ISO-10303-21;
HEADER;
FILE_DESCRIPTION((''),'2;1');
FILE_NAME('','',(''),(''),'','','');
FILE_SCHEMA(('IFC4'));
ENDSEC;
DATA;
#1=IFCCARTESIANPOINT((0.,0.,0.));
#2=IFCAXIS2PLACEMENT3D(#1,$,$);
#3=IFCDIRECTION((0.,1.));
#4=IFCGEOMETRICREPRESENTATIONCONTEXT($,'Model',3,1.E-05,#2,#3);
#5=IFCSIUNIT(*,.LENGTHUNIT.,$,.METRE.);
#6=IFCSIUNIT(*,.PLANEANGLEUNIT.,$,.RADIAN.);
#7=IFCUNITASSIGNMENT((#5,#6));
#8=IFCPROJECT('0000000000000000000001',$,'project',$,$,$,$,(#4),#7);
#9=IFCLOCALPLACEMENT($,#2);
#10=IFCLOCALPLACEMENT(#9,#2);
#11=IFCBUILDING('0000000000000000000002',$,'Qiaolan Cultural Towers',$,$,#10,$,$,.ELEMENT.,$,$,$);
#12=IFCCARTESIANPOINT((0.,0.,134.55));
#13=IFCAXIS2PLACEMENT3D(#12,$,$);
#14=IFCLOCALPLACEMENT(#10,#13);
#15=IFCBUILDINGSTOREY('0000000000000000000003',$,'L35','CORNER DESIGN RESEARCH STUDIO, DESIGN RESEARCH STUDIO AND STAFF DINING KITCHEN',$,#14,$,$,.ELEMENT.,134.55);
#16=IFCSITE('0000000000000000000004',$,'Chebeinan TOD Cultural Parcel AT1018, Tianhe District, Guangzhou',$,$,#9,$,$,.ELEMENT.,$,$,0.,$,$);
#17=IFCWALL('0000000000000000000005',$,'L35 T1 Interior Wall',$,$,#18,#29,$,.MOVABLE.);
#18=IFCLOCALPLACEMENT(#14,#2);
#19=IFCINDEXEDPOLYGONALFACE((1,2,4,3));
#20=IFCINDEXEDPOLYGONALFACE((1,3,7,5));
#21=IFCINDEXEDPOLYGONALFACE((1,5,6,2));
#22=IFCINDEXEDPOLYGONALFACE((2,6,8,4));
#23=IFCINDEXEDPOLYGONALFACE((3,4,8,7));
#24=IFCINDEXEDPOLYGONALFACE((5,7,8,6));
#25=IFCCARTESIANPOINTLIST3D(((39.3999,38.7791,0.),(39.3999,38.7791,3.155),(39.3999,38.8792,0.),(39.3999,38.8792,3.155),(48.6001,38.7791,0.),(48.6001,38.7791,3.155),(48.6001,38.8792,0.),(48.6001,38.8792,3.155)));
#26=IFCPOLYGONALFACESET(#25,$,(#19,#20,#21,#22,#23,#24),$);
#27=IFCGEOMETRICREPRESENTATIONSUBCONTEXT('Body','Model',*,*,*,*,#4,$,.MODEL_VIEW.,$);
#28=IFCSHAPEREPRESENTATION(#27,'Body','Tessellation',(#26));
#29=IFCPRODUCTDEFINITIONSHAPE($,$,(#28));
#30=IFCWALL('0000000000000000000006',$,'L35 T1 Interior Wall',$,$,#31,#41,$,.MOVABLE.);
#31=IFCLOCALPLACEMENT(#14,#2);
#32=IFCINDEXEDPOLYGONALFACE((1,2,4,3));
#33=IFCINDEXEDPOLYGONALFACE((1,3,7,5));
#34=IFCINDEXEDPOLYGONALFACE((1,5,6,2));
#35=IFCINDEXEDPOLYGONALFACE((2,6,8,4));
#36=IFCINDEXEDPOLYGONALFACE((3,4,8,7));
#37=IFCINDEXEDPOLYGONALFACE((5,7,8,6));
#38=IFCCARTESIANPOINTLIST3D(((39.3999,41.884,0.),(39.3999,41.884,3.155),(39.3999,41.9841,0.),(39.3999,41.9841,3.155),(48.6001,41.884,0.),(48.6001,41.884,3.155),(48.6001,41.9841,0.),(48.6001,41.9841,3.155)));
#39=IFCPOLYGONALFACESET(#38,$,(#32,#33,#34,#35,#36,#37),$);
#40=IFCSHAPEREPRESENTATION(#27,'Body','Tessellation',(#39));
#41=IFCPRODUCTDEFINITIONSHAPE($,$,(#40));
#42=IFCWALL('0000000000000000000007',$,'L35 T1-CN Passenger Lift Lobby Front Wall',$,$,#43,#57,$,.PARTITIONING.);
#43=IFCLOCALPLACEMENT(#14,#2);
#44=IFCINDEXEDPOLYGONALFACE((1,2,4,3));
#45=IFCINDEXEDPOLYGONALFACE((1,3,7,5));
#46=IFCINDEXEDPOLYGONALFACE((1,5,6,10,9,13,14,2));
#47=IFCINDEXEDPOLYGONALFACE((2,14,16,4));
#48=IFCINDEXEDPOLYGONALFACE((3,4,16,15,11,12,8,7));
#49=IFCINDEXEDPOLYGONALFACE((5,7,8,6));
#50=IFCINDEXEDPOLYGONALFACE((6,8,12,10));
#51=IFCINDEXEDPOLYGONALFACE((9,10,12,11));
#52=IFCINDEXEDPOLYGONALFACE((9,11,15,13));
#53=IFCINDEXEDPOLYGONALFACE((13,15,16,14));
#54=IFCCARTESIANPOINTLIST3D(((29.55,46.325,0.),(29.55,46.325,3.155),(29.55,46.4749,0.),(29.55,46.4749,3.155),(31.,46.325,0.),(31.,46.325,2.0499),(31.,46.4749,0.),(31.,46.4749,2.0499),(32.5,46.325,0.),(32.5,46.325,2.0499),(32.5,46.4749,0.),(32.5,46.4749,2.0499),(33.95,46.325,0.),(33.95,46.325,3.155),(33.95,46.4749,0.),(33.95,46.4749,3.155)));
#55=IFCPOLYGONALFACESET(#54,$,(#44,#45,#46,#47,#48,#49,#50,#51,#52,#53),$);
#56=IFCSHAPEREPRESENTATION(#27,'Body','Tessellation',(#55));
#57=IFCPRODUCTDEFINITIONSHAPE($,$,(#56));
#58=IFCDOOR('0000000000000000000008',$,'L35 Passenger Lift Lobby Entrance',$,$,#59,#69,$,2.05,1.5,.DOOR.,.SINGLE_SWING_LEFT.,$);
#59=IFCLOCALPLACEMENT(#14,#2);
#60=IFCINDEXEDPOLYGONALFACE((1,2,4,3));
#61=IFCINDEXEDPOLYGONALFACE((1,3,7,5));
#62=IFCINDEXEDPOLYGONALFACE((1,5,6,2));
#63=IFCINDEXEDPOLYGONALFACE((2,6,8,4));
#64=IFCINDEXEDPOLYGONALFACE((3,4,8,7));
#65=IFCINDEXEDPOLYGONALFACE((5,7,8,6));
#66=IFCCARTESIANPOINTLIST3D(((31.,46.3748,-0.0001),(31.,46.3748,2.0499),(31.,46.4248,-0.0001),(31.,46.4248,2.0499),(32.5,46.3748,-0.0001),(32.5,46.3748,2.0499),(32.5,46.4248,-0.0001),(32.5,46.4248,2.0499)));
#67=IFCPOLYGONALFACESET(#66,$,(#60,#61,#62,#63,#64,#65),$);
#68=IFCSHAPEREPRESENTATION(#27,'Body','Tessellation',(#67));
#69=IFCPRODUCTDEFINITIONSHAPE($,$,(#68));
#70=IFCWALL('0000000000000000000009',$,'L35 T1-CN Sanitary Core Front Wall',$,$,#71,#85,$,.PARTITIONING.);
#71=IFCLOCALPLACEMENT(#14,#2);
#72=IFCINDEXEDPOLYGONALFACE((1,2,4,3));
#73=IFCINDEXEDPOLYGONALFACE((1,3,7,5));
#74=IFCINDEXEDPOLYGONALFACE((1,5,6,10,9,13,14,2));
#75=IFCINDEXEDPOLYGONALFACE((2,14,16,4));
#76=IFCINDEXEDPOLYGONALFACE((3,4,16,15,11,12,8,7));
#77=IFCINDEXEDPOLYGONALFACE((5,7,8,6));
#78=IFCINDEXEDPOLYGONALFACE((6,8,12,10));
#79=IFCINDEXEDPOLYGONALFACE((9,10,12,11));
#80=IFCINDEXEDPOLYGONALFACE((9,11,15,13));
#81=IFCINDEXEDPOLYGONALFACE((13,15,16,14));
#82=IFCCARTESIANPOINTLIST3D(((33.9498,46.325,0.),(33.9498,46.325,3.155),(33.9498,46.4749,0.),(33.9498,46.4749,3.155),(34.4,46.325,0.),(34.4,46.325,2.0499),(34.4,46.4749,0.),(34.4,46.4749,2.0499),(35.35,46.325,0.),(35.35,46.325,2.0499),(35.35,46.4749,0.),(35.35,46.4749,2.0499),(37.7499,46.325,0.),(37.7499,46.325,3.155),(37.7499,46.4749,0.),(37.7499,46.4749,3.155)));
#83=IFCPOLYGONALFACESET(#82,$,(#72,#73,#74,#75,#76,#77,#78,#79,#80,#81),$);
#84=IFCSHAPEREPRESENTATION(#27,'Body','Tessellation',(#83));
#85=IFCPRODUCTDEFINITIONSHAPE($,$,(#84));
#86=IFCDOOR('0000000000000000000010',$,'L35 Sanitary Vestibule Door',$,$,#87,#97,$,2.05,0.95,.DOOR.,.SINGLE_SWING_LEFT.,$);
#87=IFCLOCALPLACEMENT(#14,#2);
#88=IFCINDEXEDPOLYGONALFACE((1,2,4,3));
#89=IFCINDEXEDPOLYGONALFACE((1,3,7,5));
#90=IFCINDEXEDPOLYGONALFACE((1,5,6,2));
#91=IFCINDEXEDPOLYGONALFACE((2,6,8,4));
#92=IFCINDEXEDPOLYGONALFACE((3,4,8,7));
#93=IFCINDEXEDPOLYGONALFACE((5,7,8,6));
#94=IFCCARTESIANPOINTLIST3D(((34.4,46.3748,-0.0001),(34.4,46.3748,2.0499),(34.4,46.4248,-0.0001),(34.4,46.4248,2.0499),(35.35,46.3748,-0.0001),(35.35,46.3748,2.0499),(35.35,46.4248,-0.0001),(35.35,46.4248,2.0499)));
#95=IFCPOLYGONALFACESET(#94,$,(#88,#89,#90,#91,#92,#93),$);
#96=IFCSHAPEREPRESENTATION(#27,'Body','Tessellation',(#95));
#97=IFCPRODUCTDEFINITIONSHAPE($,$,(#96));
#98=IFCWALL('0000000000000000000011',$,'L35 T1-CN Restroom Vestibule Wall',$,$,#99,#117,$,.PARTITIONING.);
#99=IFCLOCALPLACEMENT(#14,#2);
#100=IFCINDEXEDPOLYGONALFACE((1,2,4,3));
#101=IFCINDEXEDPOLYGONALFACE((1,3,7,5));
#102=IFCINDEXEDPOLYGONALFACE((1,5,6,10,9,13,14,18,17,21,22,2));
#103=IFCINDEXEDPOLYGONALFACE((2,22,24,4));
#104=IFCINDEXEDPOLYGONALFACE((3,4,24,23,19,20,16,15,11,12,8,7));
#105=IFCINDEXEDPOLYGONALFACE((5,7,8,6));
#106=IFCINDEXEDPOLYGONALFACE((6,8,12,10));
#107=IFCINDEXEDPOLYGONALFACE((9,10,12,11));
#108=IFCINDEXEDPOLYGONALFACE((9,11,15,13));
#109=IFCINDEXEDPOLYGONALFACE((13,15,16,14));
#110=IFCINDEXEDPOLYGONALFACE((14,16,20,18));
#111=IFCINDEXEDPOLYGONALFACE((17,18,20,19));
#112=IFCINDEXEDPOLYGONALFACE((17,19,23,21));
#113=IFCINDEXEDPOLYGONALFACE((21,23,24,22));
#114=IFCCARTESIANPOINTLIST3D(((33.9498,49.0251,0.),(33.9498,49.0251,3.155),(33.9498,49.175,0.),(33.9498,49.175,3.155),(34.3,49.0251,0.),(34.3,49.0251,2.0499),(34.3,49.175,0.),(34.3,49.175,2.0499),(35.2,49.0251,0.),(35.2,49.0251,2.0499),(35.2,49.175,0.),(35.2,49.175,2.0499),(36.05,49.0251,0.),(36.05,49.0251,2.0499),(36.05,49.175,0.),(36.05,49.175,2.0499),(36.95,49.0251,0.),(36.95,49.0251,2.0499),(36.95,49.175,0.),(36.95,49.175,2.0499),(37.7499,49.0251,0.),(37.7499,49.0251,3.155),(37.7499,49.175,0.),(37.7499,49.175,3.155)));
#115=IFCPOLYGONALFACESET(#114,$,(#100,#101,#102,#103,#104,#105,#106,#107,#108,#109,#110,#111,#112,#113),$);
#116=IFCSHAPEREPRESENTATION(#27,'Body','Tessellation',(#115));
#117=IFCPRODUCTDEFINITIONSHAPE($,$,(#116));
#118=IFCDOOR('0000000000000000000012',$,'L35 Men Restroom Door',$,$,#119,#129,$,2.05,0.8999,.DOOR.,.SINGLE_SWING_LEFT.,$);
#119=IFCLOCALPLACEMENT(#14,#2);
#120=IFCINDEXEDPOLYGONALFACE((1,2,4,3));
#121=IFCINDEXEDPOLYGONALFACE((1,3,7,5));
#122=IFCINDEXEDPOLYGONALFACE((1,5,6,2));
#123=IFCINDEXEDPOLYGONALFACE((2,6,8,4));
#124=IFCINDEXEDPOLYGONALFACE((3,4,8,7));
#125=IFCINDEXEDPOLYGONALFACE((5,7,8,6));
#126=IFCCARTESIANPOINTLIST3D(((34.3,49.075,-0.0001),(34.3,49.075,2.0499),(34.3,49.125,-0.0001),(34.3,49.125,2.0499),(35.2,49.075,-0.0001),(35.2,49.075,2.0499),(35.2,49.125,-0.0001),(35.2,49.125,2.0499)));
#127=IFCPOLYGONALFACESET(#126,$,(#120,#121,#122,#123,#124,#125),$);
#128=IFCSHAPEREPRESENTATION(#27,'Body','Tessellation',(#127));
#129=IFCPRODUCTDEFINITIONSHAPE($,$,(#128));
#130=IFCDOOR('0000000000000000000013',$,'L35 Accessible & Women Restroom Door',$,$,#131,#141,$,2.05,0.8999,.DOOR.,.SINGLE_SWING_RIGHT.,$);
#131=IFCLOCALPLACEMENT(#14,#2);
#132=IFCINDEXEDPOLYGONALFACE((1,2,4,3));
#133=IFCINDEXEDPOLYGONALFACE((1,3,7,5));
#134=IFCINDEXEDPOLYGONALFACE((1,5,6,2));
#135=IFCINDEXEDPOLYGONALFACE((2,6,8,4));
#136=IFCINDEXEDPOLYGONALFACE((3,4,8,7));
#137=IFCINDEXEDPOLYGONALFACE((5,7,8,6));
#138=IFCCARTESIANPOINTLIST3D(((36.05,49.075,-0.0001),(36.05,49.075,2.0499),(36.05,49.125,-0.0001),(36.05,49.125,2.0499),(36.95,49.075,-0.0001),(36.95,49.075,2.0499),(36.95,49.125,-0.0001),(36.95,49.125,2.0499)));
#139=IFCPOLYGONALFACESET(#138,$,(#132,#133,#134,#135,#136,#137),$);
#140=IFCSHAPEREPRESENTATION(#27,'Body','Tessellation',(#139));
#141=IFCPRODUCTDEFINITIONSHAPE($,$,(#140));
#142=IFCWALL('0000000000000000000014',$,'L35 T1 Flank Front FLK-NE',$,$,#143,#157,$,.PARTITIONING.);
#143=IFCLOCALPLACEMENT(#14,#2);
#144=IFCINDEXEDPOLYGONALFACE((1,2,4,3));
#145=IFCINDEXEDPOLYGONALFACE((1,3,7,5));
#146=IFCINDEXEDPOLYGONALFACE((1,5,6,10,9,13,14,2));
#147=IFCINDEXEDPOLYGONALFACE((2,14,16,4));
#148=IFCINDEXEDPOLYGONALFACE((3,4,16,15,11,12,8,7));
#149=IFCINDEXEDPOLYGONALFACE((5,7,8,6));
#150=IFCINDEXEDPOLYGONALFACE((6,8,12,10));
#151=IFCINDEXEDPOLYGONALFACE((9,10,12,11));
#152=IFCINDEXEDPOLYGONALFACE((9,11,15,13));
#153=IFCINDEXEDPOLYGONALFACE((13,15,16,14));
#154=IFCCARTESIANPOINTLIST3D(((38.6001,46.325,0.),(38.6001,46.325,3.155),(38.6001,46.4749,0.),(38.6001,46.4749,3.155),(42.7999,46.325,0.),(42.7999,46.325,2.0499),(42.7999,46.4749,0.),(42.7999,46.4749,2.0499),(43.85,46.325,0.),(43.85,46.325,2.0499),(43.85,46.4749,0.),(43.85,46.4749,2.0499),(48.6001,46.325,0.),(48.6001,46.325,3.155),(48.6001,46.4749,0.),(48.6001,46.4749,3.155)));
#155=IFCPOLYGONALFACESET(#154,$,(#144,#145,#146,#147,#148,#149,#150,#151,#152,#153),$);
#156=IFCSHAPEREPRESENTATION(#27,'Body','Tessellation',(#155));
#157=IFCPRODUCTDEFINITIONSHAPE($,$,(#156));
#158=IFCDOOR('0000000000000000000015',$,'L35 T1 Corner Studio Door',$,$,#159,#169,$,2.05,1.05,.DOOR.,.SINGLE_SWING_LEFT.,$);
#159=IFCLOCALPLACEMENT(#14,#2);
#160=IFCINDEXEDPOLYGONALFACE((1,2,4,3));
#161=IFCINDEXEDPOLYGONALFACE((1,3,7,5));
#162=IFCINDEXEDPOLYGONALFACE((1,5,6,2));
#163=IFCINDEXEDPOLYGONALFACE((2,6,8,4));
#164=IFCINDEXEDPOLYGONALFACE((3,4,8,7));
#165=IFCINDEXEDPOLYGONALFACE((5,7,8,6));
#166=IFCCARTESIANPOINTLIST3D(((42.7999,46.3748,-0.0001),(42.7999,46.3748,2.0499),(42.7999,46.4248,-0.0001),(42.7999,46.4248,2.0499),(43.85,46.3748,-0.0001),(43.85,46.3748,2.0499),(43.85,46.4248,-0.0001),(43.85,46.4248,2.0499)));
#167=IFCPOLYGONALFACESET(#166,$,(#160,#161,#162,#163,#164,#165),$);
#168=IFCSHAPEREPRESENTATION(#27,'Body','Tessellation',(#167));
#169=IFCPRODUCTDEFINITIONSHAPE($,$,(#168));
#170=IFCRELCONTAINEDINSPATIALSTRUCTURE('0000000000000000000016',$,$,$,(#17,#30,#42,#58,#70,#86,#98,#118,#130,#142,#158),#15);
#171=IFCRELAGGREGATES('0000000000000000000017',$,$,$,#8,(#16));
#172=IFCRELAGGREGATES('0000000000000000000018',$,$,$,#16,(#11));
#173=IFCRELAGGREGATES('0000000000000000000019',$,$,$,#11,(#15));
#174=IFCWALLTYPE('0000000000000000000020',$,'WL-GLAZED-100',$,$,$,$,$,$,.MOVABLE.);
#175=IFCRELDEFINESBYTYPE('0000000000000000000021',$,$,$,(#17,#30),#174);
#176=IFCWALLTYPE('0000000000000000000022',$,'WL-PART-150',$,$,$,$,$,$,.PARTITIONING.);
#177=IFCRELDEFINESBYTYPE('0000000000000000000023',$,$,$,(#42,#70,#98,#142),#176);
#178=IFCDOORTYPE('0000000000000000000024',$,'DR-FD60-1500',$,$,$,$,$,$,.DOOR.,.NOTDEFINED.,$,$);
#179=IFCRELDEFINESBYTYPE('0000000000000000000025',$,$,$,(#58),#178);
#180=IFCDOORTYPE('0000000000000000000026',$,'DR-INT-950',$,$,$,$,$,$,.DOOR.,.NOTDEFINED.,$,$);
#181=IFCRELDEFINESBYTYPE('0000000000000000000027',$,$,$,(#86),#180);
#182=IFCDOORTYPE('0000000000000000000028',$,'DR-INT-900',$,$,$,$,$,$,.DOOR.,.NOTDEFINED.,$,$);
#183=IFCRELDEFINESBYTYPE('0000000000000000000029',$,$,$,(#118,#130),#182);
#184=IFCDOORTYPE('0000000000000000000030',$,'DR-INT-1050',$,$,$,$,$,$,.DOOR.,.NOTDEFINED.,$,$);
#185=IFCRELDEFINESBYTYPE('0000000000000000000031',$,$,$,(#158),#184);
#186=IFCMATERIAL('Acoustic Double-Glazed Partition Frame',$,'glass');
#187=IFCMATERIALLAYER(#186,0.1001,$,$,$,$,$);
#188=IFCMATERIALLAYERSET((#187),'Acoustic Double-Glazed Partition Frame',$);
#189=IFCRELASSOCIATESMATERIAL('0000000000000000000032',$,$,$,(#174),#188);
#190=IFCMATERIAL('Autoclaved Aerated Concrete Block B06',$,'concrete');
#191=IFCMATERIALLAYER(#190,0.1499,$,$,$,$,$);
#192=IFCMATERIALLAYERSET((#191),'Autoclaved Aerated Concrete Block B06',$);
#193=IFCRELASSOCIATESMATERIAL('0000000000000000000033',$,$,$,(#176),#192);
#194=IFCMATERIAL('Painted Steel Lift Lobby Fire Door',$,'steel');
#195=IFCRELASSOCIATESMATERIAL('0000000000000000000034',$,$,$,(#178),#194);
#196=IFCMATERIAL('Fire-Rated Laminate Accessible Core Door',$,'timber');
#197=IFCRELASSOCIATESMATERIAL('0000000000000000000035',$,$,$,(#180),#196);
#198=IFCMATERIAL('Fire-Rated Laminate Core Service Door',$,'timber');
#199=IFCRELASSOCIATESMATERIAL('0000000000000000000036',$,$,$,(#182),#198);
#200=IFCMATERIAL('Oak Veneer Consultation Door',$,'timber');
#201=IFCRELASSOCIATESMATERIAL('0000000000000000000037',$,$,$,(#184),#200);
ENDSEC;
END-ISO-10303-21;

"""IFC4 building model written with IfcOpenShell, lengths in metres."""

from ifc_helpers import new_model, si_unit, direction, frame, frame_2d, origin, place, context, subcontext, project, spatial, rectangle, extrude, material, layer, layer_set, type_object, element, fill, save


model = new_model("IFC4")

# Units and contexts
model_context = context("Model", 3, precision=1e-05, world=origin(), true_north=direction((0.0, 1.0)))
body_context = subcontext(model_context, "Body", "Model", "MODEL_VIEW")
ifc_project = project(units=[si_unit("LENGTHUNIT", "METRE"), si_unit("PLANEANGLEUNIT", "RADIAN")], contexts=[model_context])

# Site, building, storey
site_placement = place(None, origin())
site = spatial("IfcSite", under=ifc_project, at=site_placement, Name="Chebeinan TOD Cultural Parcel AT1018, Tianhe District, Guangzhou", CompositionType="ELEMENT", RefElevation=0.0)
building_placement = place(site_placement, origin())
building = spatial("IfcBuilding", under=site, at=building_placement, Name="Qiaolan Cultural Towers", CompositionType="ELEMENT")
storey_placement = place(building_placement, frame((0.0, 0.0, 134.55)))
storey = spatial("IfcBuildingStorey", under=building, at=storey_placement, Name="L35", Description="CORNER DESIGN RESEARCH STUDIO, DESIGN RESEARCH STUDIO AND STAFF DINING KITCHEN", CompositionType="ELEMENT", Elevation=134.55)

# Walls
ifc_material_1 = material(Name="Acoustic Double-Glazed Partition Frame", Category="glass")
ifc_layer_1 = layer(ifc_material_1, 0.1001)
ifc_layer_set_1 = layer_set([ifc_layer_1], Name="Acoustic Double-Glazed Partition Frame")
wall_type_1 = type_object("IfcWallType", Name="WL-GLAZED-100", PredefinedType="MOVABLE", material=ifc_layer_set_1)
for number, where, z_axis, x_axis, name in (
    (1, (39.3999, 38.8291, 0.0), (0.0, 0.0, 1.0), (1.0, 0.0, 0.0), "L35 T1 Interior Wall"),
    (2, (39.3999, 41.9341, 0.0), (0.0, 0.0, 1.0), (1.0, 0.0, 0.0), "L35 T1 Interior Wall"),
):
    element("IfcWall", number, at=place(storey_placement, frame(where, z_axis=z_axis, x_axis=x_axis)), inside=storey, type_object=wall_type_1, Name=name, PredefinedType="MOVABLE", context=body_context, shape_type="SweptSolid", body=[
        extrude(rectangle(XDim=9.2002, YDim=0.1001, at=frame_2d((4.6001, 0.0))), origin(), (0.0, 0.0, 1.0), 3.155),
    ])

# Walls, openings, doors
ifc_material_2 = material(Name="Autoclaved Aerated Concrete Block B06", Category="concrete")
ifc_layer_2 = layer(ifc_material_2, 0.1499)
ifc_layer_set_2 = layer_set([ifc_layer_2], Name="Autoclaved Aerated Concrete Block B06")
wall_type_2 = type_object("IfcWallType", Name="WL-PART-150", PredefinedType="PARTITIONING", material=ifc_layer_set_2)
wall_1_placement = place(storey_placement, frame((29.55, 46.3999, 0.0), z_axis=(0.0, 0.0, 1.0), x_axis=(1.0, 0.0, 0.0)))
wall_1 = element("IfcWall", 3, at=wall_1_placement, inside=storey, type_object=wall_type_2, Name="L35 T1-CN Passenger Lift Lobby Front Wall", PredefinedType="PARTITIONING", context=body_context, shape_type="SweptSolid", body=[
    extrude(rectangle(XDim=4.3999, YDim=0.1499, at=frame_2d((2.2, 0.0))), origin(), (0.0, 0.0, 1.0), 3.155),
])
opening_1_placement = place(wall_1_placement, frame((1.45, 0.0, 0.0)))
opening_1 = element("IfcOpeningElement", 4, at=opening_1_placement, cuts=wall_1, PredefinedType="OPENING", context=body_context, shape_type="SweptSolid", body=[
    extrude(rectangle(XDim=1.5, YDim=2.05, at=frame_2d((0.75, 1.0249))), frame((0.0, 0.085, 0.0), z_axis=(0.0, -1.0, 0.0), x_axis=(1.0, 0.0, 0.0)), (0.0, 0.0, 1.0), 0.1699),
])
ifc_material_3 = material(Name="Painted Steel Lift Lobby Fire Door", Category="steel")
door_type_1 = type_object("IfcDoorType", Name="DR-FD60-1500", OperationType="NOTDEFINED", PredefinedType="DOOR", material=ifc_material_3)
door_1_placement = place(opening_1_placement, origin())
door_1 = element("IfcDoor", 5, at=door_1_placement, inside=storey, type_object=door_type_1, Name="L35 Passenger Lift Lobby Entrance", OperationType="SINGLE_SWING_LEFT", OverallHeight=2.05, OverallWidth=1.5, PredefinedType="DOOR", context=body_context, shape_type="SweptSolid", body=[
    extrude(rectangle(XDim=1.5, YDim=2.05, at=frame_2d((0.75, 1.0249))), frame((0.0, 0.0249, 0.0), z_axis=(0.0, -1.0, 0.0), x_axis=(1.0, 0.0, 0.0)), (0.0, 0.0, 1.0), 0.05),
])
fill(opening_1, door_1)
wall_2_placement = place(storey_placement, frame((33.95, 46.3999, 0.0), z_axis=(0.0, 0.0, 1.0), x_axis=(1.0, 0.0, 0.0)))
wall_2 = element("IfcWall", 6, at=wall_2_placement, inside=storey, type_object=wall_type_2, Name="L35 T1-CN Sanitary Core Front Wall", PredefinedType="PARTITIONING", context=body_context, shape_type="SweptSolid", body=[
    extrude(rectangle(XDim=3.8, YDim=0.1499, at=frame_2d((1.8999, 0.0))), origin(), (0.0, 0.0, 1.0), 3.155),
])
opening_2_placement = place(wall_2_placement, frame((0.45, 0.0, 0.0)))
opening_2 = element("IfcOpeningElement", 7, at=opening_2_placement, cuts=wall_2, PredefinedType="OPENING", context=body_context, shape_type="SweptSolid", body=[
    extrude(rectangle(XDim=0.95, YDim=2.05, at=frame_2d((0.4751, 1.0249))), frame((0.0, 0.085, 0.0), z_axis=(0.0, -1.0, 0.0), x_axis=(1.0, 0.0, 0.0)), (0.0, 0.0, 1.0), 0.1699),
])
ifc_material_4 = material(Name="Fire-Rated Laminate Accessible Core Door", Category="timber")
door_type_2 = type_object("IfcDoorType", Name="DR-INT-950", OperationType="NOTDEFINED", PredefinedType="DOOR", material=ifc_material_4)
door_2_placement = place(opening_2_placement, origin())
door_2 = element("IfcDoor", 8, at=door_2_placement, inside=storey, type_object=door_type_2, Name="L35 Sanitary Vestibule Door", OperationType="SINGLE_SWING_LEFT", OverallHeight=2.05, OverallWidth=0.95, PredefinedType="DOOR", context=body_context, shape_type="SweptSolid", body=[
    extrude(rectangle(XDim=0.95, YDim=2.05, at=frame_2d((0.4751, 1.0249))), frame((0.0, 0.0249, 0.0), z_axis=(0.0, -1.0, 0.0), x_axis=(1.0, 0.0, 0.0)), (0.0, 0.0, 1.0), 0.05),
])
fill(opening_2, door_2)

# Wall, openings, doors
wall_3_placement = place(storey_placement, frame((33.95, 49.1001, 0.0), z_axis=(0.0, 0.0, 1.0), x_axis=(1.0, 0.0, 0.0)))
wall_3 = element("IfcWall", 9, at=wall_3_placement, inside=storey, type_object=wall_type_2, Name="L35 T1-CN Restroom Vestibule Wall", PredefinedType="PARTITIONING", context=body_context, shape_type="SweptSolid", body=[
    extrude(rectangle(XDim=3.8, YDim=0.1499, at=frame_2d((1.8999, 0.0))), origin(), (0.0, 0.0, 1.0), 3.155),
])
opening_3_placement = place(wall_3_placement, frame((0.3501, 0.0, 0.0)))
opening_3 = element("IfcOpeningElement", 10, at=opening_3_placement, cuts=wall_3, PredefinedType="OPENING", context=body_context, shape_type="SweptSolid", body=[
    extrude(rectangle(XDim=0.8999, YDim=2.05, at=frame_2d((0.45, 1.0249))), frame((0.0, 0.085, 0.0), z_axis=(0.0, -1.0, 0.0), x_axis=(1.0, 0.0, 0.0)), (0.0, 0.0, 1.0), 0.1699),
])
opening_4_placement = place(wall_3_placement, frame((2.1001, 0.0, 0.0)))
opening_4 = element("IfcOpeningElement", 11, at=opening_4_placement, cuts=wall_3, PredefinedType="OPENING", context=body_context, shape_type="SweptSolid", body=[
    extrude(rectangle(XDim=0.8999, YDim=2.05, at=frame_2d((0.45, 1.0249))), frame((0.0, 0.085, 0.0), z_axis=(0.0, -1.0, 0.0), x_axis=(1.0, 0.0, 0.0)), (0.0, 0.0, 1.0), 0.1699),
])
ifc_material_5 = material(Name="Fire-Rated Laminate Core Service Door", Category="timber")
door_type_3 = type_object("IfcDoorType", Name="DR-INT-900", OperationType="NOTDEFINED", PredefinedType="DOOR", material=ifc_material_5)
door_3_placement = place(opening_3_placement, origin())
door_3 = element("IfcDoor", 12, at=door_3_placement, inside=storey, type_object=door_type_3, Name="L35 Men Restroom Door", OperationType="SINGLE_SWING_LEFT", OverallHeight=2.05, OverallWidth=0.8999, PredefinedType="DOOR", context=body_context, shape_type="SweptSolid", body=[
    extrude(rectangle(XDim=0.8999, YDim=2.05, at=frame_2d((0.45, 1.0249))), frame((0.0, 0.0249, 0.0), z_axis=(0.0, -1.0, 0.0), x_axis=(1.0, 0.0, 0.0)), (0.0, 0.0, 1.0), 0.05),
])
fill(opening_3, door_3)
door_4_placement = place(opening_4_placement, origin())
door_4 = element("IfcDoor", 13, at=door_4_placement, inside=storey, type_object=door_type_3, Name="L35 Accessible & Women Restroom Door", OperationType="SINGLE_SWING_RIGHT", OverallHeight=2.05, OverallWidth=0.8999, PredefinedType="DOOR", context=body_context, shape_type="SweptSolid", body=[
    extrude(rectangle(XDim=0.8999, YDim=2.05, at=frame_2d((0.45, 1.0249))), frame((0.0, 0.0249, 0.0), z_axis=(0.0, -1.0, 0.0), x_axis=(1.0, 0.0, 0.0)), (0.0, 0.0, 1.0), 0.05),
])
fill(opening_4, door_4)

# Wall, opening, door
wall_4_placement = place(storey_placement, frame((38.6001, 46.3999, 0.0), z_axis=(0.0, 0.0, 1.0), x_axis=(1.0, 0.0, 0.0)))
wall_4 = element("IfcWall", 14, at=wall_4_placement, inside=storey, type_object=wall_type_2, Name="L35 T1 Flank Front FLK-NE", PredefinedType="PARTITIONING", context=body_context, shape_type="SweptSolid", body=[
    extrude(rectangle(XDim=10.0, YDim=0.1499, at=frame_2d((5.0, 0.0))), origin(), (0.0, 0.0, 1.0), 3.155),
])
opening_5_placement = place(wall_4_placement, frame((4.2, 0.0, 0.0)))
opening_5 = element("IfcOpeningElement", 15, at=opening_5_placement, cuts=wall_4, PredefinedType="OPENING", context=body_context, shape_type="SweptSolid", body=[
    extrude(rectangle(XDim=1.05, YDim=2.05, at=frame_2d((0.5249, 1.0249))), frame((0.0, 0.085, 0.0), z_axis=(0.0, -1.0, 0.0), x_axis=(1.0, 0.0, 0.0)), (0.0, 0.0, 1.0), 0.1699),
])
ifc_material_6 = material(Name="Oak Veneer Consultation Door", Category="timber")
door_type_4 = type_object("IfcDoorType", Name="DR-INT-1050", OperationType="NOTDEFINED", PredefinedType="DOOR", material=ifc_material_6)
door_5_placement = place(opening_5_placement, origin())
door_5 = element("IfcDoor", 16, at=door_5_placement, inside=storey, type_object=door_type_4, Name="L35 T1 Corner Studio Door", OperationType="SINGLE_SWING_LEFT", OverallHeight=2.05, OverallWidth=1.05, PredefinedType="DOOR", context=body_context, shape_type="SweptSolid", body=[
    extrude(rectangle(XDim=1.05, YDim=2.05, at=frame_2d((0.5249, 1.0249))), frame((0.0, 0.0249, 0.0), z_axis=(0.0, -1.0, 0.0), x_axis=(1.0, 0.0, 0.0)), (0.0, 0.0, 1.0), 0.05),
])
fill(opening_5, door_5)

save(model, "model.ifc")
